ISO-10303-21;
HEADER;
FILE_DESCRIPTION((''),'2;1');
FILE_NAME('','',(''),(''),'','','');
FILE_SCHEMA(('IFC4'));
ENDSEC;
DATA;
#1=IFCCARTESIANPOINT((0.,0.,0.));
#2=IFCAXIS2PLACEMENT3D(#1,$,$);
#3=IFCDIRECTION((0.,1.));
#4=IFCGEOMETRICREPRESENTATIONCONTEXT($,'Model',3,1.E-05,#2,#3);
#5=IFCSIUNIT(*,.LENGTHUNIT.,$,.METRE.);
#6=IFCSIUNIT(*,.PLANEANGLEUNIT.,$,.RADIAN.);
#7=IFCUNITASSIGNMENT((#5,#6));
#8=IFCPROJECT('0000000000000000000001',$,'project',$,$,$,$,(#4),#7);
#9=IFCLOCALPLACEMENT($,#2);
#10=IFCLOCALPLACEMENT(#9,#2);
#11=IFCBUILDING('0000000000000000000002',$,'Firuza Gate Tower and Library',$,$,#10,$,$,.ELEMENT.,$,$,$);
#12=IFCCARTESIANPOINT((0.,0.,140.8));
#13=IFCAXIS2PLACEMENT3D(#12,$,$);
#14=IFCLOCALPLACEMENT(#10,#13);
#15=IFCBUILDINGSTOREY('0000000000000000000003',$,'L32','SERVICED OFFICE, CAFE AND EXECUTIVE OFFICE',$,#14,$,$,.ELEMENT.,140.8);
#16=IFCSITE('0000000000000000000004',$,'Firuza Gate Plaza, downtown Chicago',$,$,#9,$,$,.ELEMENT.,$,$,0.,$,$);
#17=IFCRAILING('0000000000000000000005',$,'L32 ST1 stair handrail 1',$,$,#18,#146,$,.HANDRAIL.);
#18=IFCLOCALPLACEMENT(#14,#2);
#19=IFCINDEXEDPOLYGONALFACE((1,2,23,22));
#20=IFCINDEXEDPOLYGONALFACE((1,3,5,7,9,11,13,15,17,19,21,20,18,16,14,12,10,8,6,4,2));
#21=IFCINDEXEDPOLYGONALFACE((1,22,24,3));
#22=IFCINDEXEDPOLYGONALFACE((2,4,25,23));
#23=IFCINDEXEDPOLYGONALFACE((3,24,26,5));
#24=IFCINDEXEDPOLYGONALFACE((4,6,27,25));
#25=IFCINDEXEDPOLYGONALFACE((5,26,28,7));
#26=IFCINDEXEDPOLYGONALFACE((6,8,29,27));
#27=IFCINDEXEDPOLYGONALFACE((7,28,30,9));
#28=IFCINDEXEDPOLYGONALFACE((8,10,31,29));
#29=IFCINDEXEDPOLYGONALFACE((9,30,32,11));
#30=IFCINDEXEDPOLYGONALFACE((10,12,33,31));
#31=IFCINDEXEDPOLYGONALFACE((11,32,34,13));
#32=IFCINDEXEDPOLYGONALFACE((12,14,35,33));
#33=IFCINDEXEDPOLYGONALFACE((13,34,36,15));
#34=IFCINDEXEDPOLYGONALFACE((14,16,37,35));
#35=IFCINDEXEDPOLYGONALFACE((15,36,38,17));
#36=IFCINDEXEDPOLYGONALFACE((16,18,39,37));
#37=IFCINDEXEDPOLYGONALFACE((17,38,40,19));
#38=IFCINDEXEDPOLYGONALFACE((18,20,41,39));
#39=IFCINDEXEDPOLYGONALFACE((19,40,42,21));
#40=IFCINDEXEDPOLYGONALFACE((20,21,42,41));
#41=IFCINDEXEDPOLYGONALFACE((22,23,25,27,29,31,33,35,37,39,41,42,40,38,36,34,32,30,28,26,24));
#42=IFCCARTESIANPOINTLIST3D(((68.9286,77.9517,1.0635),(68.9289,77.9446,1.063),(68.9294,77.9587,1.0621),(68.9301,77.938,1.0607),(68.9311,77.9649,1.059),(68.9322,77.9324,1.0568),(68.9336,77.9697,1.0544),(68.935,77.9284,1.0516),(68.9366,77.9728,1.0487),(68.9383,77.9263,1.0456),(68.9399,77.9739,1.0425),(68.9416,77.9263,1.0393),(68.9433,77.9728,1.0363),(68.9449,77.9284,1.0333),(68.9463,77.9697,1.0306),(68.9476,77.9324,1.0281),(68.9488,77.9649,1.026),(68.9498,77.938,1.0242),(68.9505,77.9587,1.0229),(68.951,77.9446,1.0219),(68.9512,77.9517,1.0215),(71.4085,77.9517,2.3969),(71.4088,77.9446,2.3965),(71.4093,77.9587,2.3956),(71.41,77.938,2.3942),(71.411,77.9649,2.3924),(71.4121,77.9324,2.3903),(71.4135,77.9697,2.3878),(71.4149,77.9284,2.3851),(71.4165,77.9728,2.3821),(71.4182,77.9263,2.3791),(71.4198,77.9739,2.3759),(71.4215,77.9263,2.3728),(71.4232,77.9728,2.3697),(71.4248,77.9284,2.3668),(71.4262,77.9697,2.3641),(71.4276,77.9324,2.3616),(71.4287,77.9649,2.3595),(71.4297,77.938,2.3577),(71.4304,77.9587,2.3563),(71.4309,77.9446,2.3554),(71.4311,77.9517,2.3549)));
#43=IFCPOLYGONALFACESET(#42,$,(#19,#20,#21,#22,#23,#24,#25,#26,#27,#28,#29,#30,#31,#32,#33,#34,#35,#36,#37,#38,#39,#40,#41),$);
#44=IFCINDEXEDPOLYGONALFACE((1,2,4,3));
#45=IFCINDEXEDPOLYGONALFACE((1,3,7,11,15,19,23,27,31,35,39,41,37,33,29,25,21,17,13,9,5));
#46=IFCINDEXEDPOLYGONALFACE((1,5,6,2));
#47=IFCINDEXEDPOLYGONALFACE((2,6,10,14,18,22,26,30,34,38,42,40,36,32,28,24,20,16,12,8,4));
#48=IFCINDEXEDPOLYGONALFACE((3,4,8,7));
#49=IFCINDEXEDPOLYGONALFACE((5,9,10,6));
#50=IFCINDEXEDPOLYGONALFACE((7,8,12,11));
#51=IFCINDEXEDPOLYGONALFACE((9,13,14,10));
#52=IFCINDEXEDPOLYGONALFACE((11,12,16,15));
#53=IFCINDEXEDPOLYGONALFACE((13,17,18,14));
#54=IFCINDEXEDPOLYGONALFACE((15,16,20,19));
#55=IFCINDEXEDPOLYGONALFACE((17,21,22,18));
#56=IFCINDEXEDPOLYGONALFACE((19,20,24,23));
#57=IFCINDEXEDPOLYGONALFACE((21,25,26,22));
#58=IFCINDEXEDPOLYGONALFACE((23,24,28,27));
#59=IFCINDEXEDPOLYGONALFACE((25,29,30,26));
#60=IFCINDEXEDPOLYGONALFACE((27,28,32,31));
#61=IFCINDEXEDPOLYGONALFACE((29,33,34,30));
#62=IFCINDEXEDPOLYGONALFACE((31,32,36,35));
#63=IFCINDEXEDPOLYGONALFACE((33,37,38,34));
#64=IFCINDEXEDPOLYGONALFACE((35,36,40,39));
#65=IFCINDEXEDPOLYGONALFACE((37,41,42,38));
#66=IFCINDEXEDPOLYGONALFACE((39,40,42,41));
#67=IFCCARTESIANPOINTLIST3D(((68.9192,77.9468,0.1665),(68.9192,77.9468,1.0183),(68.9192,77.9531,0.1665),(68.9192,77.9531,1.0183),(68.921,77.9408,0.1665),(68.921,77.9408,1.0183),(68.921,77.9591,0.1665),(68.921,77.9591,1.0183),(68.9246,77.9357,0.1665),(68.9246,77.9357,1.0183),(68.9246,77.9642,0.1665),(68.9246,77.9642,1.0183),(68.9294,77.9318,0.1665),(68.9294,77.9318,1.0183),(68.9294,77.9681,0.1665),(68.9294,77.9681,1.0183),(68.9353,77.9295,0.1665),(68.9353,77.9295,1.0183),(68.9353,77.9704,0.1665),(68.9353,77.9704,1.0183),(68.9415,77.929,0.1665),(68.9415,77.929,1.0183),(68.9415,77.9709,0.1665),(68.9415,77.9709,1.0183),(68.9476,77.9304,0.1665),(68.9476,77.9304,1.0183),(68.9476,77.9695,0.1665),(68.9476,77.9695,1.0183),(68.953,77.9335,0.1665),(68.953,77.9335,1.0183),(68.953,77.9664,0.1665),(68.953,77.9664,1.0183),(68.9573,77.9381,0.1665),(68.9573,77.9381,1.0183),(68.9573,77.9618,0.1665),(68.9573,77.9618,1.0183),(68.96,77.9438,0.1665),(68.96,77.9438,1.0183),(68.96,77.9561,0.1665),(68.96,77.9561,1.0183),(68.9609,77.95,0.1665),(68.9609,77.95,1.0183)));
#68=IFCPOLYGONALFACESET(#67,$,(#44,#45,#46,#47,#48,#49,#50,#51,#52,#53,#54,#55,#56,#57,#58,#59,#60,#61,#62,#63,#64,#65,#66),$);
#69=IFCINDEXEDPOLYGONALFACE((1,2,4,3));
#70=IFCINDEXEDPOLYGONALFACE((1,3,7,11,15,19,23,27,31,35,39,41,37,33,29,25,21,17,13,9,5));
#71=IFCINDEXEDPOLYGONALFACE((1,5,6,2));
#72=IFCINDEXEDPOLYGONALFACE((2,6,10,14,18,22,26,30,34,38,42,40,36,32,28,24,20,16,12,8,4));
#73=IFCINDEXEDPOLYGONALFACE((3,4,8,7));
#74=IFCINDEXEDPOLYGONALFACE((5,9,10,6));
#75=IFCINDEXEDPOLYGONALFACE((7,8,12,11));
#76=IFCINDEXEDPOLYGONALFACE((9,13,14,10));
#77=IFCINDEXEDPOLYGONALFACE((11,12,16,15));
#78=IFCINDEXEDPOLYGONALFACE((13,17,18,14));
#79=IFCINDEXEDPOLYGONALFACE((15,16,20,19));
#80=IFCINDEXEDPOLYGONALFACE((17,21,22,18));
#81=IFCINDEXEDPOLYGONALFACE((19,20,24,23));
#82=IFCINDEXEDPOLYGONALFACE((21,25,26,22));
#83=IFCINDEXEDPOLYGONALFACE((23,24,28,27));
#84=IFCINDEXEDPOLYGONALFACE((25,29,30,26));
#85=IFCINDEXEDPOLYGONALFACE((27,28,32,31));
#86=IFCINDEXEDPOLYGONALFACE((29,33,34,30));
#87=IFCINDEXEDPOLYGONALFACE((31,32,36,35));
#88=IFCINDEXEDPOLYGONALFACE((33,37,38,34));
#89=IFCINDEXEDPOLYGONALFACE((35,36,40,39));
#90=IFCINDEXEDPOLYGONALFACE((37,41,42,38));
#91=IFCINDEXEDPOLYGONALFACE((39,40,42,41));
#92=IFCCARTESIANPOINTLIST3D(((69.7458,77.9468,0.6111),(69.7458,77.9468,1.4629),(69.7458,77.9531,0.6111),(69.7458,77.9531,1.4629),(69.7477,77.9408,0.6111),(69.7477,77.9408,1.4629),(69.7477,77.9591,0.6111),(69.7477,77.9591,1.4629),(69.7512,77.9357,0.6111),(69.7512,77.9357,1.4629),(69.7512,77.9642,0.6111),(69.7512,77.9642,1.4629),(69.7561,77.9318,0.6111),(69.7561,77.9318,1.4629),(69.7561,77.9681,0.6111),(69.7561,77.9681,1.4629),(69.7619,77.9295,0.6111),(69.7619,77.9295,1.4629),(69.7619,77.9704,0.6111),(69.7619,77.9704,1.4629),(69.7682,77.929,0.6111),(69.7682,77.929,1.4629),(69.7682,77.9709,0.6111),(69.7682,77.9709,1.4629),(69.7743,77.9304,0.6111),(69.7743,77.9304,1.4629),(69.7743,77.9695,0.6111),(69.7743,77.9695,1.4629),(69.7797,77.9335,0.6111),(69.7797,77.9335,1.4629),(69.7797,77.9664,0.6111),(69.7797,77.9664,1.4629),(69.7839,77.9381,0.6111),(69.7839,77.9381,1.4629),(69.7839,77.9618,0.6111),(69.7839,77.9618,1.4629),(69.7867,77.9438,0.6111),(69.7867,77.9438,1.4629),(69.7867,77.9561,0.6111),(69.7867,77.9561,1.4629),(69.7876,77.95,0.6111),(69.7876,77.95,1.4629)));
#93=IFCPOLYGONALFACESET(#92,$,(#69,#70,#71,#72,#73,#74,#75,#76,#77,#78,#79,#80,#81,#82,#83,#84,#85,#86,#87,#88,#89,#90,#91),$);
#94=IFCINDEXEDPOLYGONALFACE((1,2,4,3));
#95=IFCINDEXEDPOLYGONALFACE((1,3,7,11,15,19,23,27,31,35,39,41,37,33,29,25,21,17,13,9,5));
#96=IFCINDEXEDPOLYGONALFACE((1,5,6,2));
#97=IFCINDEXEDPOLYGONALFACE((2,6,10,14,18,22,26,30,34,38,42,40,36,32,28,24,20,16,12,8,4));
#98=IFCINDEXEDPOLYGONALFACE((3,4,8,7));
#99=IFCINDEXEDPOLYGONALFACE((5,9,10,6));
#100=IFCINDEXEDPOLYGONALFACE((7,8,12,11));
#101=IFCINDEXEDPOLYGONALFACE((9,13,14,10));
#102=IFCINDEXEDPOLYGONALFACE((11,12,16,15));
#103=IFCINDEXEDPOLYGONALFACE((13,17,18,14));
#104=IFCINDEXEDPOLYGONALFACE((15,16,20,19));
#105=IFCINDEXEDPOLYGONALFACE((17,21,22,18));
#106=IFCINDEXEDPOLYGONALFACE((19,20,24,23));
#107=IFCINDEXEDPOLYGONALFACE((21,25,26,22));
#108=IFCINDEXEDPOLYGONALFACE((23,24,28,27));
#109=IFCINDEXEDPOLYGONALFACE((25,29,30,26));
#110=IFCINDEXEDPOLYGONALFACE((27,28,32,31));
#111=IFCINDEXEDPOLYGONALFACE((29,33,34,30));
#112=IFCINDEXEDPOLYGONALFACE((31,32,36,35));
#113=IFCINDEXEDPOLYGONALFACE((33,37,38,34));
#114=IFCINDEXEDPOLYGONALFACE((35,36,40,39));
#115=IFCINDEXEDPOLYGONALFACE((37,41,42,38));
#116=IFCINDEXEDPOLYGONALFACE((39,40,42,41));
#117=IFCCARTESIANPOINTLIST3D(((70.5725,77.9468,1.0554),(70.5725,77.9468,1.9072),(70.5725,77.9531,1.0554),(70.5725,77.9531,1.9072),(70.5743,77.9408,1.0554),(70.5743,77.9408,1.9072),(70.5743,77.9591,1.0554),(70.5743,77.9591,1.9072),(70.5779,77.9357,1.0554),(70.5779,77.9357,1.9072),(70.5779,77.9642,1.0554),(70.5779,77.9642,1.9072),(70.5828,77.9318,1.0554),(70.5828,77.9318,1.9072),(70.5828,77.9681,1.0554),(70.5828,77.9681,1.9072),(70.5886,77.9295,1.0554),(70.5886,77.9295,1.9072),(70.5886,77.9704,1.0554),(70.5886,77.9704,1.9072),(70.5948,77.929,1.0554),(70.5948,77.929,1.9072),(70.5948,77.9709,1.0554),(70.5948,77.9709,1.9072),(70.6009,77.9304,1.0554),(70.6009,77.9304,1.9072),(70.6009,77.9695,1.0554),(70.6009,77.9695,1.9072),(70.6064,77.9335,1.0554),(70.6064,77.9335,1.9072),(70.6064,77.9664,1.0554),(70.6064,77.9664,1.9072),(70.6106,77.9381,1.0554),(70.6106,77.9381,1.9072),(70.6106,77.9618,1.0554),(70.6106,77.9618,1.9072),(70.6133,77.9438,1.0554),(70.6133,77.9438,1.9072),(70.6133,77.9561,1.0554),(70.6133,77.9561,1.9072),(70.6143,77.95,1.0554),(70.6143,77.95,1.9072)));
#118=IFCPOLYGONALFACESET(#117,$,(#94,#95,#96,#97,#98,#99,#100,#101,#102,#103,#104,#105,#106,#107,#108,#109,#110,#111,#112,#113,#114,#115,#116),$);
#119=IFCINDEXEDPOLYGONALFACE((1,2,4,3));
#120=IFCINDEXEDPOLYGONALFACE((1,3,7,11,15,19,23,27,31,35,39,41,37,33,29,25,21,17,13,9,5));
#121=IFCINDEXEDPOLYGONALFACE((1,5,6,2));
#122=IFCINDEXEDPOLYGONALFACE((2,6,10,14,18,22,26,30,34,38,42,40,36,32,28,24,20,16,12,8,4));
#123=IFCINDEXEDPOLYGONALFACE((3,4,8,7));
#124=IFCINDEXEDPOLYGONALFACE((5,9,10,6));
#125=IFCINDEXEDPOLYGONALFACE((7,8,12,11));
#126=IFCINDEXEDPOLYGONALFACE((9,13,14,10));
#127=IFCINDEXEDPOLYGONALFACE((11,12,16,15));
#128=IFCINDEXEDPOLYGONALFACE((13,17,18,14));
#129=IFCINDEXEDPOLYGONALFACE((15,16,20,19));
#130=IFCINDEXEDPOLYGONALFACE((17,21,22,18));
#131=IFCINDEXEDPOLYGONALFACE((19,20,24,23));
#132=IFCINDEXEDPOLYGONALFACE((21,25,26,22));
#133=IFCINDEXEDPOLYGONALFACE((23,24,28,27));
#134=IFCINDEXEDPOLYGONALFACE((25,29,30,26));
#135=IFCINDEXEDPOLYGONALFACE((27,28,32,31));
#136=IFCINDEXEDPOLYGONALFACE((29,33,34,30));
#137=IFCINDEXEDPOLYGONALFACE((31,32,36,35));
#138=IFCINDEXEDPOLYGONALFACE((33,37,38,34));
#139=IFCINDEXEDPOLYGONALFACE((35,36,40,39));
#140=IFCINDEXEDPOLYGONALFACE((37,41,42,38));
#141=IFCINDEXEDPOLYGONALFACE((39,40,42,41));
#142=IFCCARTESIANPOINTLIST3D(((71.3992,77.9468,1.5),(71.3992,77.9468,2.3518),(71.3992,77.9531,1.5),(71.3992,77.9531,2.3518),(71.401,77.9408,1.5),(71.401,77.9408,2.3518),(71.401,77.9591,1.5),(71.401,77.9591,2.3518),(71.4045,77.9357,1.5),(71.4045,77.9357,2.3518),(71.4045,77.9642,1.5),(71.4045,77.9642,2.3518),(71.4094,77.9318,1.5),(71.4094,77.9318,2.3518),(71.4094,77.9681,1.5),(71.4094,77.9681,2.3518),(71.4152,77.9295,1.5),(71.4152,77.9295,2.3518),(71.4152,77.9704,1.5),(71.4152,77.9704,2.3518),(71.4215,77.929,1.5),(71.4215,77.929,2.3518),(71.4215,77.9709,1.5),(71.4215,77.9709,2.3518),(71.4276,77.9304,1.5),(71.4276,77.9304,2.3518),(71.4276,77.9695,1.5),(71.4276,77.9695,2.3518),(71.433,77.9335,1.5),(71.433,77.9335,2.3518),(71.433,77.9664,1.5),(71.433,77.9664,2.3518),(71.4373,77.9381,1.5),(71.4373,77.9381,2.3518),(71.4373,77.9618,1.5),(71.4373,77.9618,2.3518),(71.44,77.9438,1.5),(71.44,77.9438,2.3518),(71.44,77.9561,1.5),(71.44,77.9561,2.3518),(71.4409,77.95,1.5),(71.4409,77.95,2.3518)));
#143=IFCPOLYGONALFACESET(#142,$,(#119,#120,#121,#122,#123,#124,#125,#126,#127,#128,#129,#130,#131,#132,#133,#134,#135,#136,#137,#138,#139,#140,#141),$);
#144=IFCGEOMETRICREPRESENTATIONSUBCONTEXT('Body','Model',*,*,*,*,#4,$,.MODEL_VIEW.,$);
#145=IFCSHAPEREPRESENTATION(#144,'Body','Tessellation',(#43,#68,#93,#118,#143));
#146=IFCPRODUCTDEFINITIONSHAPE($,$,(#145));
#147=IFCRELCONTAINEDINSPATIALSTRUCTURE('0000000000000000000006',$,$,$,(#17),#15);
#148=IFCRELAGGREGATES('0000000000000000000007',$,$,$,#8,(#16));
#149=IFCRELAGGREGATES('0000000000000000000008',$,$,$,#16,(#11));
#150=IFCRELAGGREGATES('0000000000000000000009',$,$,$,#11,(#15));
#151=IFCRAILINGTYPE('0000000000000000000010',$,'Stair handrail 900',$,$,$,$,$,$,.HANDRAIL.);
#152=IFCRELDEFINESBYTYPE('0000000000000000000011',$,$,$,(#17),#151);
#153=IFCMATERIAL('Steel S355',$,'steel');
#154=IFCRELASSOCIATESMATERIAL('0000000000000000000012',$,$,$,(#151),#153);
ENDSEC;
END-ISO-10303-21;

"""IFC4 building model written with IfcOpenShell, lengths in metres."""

from ifc_helpers import new_model, si_unit, direction, frame, origin, origin_2d, place, context, subcontext, project, spatial, circle, extrude, material, type_object, element, save


model = new_model("IFC4")

# Units and contexts
model_context = context("Model", 3, precision=1e-05, world=origin(), true_north=direction((0.0, 1.0)))
body_context = subcontext(model_context, "Body", "Model", "MODEL_VIEW")
ifc_project = project(units=[si_unit("LENGTHUNIT", "METRE"), si_unit("PLANEANGLEUNIT", "RADIAN")], contexts=[model_context])

# Site, building, storey
site_placement = place(None, origin())
site = spatial("IfcSite", under=ifc_project, at=site_placement, Name="Firuza Gate Plaza, downtown Chicago", CompositionType="ELEMENT", RefElevation=0.0)
building_placement = place(site_placement, origin())
building = spatial("IfcBuilding", under=site, at=building_placement, Name="Firuza Gate Tower and Library", CompositionType="ELEMENT")
storey_placement = place(building_placement, frame((0.0, 0.0, 140.8)))
storey = spatial("IfcBuildingStorey", under=building, at=storey_placement, Name="L32", Description="SERVICED OFFICE, CAFE AND EXECUTIVE OFFICE", CompositionType="ELEMENT", Elevation=140.8)

# Railing
ifc_material_1 = material(Name="Steel S355", Category="steel")
railing_type = type_object("IfcRailingType", Name="Stair handrail 900", PredefinedType="HANDRAIL", material=ifc_material_1)
for number, where, name in (
    (1, (68.9399, 77.95, 0.1665), "L32 ST1 stair handrail 1"),
):
    element("IfcRailing", number, at=place(storey_placement, frame(where)), inside=storey, type_object=railing_type, Name=name, PredefinedType="HANDRAIL", context=body_context, shape_type="SweptSolid", body=[
        extrude(circle(Radius=0.0239, at=origin_2d()), frame((0.0, 0.0, 0.876), z_axis=(0.880749, 0.0, 0.473583), x_axis=(0.0, 1.0, 0.0)), (0.0, 0.0, 1.0), 2.8157),
        extrude(circle(Radius=0.021, at=origin_2d()), origin(), (0.0, 0.0, 1.0), 0.8518),
        extrude(circle(Radius=0.021, at=origin_2d()), frame((0.8267, 0.0, 0.4446)), (0.0, 0.0, 1.0), 0.8518),
        extrude(circle(Radius=0.021, at=origin_2d()), frame((1.6533, 0.0, 0.8889)), (0.0, 0.0, 1.0), 0.8518),
        extrude(circle(Radius=0.021, at=origin_2d()), frame((2.48, 0.0, 1.3335)), (0.0, 0.0, 1.0), 0.8518),
    ])

save(model, "model.ifc")
